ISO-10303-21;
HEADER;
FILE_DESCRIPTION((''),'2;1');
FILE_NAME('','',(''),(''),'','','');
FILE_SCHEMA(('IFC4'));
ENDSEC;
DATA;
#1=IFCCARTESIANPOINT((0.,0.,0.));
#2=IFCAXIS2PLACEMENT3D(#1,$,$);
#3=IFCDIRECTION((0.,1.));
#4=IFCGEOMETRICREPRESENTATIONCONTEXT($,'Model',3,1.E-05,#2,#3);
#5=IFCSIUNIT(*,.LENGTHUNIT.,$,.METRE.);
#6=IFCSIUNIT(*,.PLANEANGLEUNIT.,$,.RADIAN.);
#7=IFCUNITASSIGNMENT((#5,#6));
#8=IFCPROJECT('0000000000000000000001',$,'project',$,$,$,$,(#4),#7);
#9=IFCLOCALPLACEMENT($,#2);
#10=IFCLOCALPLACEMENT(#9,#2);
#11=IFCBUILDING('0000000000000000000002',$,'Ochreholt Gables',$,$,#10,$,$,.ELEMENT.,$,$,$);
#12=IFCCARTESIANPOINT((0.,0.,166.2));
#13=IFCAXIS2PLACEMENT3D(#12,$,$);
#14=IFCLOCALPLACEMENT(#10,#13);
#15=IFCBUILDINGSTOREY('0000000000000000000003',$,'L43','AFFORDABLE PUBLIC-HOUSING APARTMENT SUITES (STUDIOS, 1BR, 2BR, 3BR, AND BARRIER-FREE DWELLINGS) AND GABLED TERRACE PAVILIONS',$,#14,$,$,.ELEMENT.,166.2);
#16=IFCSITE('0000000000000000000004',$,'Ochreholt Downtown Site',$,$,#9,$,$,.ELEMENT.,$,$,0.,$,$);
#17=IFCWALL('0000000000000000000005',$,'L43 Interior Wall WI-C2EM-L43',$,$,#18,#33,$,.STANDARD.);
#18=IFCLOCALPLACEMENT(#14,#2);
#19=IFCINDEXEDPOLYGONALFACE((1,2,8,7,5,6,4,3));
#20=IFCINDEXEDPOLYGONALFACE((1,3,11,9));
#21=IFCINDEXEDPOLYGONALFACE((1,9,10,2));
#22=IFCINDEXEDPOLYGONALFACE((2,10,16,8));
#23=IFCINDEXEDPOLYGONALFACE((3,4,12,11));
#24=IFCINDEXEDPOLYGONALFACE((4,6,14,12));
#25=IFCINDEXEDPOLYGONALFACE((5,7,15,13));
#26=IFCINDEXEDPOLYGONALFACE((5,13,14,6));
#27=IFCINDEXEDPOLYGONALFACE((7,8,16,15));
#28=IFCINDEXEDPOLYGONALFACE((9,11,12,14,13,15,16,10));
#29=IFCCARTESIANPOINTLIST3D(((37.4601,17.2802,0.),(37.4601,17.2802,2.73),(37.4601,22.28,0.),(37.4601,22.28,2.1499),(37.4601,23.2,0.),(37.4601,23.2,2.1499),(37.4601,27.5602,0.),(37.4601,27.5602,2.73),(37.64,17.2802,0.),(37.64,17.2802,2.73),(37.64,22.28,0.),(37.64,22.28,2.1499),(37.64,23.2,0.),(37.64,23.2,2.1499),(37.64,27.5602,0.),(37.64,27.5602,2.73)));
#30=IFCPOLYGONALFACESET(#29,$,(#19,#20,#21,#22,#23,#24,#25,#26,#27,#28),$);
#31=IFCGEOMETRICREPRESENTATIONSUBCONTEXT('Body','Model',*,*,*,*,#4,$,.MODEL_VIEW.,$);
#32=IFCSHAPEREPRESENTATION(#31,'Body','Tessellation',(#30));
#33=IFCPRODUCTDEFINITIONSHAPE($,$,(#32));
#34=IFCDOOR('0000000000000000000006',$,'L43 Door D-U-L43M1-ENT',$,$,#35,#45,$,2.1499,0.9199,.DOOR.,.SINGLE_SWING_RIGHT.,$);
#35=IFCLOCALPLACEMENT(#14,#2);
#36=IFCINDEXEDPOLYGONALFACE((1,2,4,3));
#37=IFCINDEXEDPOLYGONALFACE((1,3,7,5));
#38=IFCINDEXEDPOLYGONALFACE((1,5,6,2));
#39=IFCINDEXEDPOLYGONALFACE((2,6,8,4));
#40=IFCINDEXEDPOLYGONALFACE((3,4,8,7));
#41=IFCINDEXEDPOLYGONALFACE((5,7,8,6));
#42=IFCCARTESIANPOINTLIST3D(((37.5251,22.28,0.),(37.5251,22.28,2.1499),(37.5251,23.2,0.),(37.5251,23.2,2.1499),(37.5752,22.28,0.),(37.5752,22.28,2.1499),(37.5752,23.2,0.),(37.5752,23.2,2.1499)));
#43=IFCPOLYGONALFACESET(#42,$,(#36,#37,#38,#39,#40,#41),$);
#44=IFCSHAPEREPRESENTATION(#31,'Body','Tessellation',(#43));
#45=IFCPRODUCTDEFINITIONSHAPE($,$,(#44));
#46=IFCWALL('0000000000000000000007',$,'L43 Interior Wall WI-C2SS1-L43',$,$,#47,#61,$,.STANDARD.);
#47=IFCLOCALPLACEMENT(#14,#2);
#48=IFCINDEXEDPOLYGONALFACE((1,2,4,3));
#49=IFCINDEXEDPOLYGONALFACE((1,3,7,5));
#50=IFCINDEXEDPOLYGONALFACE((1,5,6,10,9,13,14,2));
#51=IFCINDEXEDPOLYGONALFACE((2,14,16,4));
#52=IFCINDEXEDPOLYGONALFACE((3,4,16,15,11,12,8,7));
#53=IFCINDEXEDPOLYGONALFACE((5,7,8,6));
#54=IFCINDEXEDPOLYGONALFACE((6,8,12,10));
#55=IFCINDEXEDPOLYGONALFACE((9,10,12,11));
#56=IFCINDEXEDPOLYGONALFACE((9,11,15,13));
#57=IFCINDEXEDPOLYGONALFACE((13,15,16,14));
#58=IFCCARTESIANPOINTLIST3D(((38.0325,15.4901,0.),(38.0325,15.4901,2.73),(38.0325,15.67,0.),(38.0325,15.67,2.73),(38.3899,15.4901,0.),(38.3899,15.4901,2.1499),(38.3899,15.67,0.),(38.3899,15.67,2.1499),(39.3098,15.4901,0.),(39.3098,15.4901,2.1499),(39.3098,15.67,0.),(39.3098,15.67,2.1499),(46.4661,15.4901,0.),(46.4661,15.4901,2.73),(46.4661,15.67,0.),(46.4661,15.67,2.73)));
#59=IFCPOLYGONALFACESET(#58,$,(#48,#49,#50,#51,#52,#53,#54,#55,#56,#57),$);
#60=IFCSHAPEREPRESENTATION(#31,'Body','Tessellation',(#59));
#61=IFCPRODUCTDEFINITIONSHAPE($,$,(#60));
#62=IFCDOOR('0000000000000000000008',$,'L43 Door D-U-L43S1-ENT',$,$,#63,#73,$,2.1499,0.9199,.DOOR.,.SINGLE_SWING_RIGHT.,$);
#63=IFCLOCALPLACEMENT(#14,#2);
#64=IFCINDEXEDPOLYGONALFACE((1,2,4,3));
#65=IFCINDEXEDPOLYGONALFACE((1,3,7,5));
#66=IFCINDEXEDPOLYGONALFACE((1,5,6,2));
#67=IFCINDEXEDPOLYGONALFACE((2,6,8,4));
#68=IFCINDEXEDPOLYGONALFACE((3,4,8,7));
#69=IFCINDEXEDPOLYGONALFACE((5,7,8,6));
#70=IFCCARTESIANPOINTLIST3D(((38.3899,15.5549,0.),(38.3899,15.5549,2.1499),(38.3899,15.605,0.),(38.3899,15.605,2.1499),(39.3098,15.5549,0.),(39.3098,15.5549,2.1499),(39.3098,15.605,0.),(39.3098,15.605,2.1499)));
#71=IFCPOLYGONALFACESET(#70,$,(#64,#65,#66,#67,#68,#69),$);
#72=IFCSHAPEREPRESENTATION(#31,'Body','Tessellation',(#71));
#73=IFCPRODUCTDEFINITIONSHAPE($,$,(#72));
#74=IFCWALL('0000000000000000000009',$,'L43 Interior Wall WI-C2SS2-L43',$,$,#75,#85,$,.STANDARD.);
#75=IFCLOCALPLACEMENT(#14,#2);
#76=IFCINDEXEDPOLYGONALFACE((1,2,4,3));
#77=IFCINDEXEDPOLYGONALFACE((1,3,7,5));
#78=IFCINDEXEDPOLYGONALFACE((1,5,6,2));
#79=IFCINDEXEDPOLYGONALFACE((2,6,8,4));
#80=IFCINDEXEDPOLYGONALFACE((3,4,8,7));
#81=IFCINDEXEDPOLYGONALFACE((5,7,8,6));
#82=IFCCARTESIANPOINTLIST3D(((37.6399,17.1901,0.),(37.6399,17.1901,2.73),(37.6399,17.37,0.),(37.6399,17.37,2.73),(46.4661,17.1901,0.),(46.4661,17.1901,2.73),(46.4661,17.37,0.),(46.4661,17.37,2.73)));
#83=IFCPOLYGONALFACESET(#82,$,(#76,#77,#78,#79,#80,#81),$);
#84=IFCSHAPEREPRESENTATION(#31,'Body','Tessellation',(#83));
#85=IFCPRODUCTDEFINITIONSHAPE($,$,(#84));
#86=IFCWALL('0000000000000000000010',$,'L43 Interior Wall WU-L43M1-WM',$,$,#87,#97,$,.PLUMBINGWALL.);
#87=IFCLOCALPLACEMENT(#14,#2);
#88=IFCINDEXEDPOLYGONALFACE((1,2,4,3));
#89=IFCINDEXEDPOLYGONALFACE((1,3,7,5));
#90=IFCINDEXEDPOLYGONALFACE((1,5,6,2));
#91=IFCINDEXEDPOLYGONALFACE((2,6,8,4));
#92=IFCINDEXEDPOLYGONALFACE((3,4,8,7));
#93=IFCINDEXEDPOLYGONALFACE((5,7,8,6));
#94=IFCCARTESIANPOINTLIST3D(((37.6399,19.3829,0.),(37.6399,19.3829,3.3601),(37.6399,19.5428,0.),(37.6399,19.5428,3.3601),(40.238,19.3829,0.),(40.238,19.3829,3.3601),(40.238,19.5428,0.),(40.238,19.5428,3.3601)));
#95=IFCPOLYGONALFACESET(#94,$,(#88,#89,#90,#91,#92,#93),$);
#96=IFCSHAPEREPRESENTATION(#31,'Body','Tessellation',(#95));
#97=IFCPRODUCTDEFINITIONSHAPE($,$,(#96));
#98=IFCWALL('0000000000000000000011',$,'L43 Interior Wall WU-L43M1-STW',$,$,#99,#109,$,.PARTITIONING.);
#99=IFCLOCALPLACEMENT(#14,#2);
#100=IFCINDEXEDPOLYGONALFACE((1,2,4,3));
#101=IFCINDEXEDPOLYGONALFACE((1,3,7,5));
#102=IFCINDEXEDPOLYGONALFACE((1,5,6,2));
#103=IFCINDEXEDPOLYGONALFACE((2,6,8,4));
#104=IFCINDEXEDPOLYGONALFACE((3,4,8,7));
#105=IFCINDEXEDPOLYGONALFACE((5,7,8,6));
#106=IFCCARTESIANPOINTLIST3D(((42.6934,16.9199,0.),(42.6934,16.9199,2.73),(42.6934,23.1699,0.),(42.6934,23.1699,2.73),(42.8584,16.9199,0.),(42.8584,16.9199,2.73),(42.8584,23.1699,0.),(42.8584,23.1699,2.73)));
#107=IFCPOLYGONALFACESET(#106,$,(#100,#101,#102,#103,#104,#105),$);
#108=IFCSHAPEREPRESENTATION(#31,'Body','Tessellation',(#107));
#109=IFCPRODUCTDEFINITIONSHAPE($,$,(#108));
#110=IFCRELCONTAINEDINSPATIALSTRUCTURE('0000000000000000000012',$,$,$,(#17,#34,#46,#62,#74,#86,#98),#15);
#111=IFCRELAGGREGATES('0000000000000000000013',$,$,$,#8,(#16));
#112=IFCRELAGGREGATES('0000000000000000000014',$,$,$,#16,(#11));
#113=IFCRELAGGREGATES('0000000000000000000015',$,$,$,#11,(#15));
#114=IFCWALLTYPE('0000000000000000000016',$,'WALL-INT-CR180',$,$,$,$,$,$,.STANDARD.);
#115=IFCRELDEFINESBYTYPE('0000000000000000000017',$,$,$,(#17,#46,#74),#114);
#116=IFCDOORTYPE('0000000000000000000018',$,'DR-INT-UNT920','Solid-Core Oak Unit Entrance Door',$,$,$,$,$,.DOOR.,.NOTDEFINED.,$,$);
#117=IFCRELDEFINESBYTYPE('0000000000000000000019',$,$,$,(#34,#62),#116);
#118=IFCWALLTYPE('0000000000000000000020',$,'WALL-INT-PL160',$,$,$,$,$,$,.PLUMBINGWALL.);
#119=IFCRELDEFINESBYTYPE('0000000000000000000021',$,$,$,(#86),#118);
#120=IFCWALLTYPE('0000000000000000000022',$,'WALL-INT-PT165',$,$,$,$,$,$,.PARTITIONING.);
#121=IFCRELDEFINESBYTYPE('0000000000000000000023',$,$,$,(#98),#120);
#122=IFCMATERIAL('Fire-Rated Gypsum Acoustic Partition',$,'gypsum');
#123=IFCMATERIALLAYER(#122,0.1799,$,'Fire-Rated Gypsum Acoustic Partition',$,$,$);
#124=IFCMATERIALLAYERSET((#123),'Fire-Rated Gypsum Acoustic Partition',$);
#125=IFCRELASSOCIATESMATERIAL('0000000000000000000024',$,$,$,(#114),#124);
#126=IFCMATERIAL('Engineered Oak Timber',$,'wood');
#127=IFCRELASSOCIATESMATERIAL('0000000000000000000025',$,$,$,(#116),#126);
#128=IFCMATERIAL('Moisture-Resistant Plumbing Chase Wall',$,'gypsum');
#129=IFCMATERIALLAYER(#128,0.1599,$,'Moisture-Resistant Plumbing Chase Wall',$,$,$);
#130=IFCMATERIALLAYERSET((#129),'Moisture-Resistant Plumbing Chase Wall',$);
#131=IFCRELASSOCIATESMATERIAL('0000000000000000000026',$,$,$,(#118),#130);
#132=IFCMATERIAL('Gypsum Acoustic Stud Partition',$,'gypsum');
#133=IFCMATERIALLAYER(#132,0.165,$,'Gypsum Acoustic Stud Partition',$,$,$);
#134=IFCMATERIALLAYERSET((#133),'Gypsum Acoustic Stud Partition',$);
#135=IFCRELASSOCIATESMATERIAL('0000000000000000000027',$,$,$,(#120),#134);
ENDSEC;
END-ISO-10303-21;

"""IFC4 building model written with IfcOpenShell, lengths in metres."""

from ifc_helpers import new_model, si_unit, direction, frame, frame_2d, origin, place, context, subcontext, project, spatial, rectangle, extrude, material, layer, layer_set, type_object, element, fill, save


model = new_model("IFC4")

# Units and contexts
model_context = context("Model", 3, precision=1e-05, world=origin(), true_north=direction((0.0, 1.0)))
body_context = subcontext(model_context, "Body", "Model", "MODEL_VIEW")
ifc_project = project(units=[si_unit("LENGTHUNIT", "METRE"), si_unit("PLANEANGLEUNIT", "RADIAN")], contexts=[model_context])

# Site, building, storey
site_placement = place(None, origin())
site = spatial("IfcSite", under=ifc_project, at=site_placement, Name="Ochreholt Downtown Site", CompositionType="ELEMENT", RefElevation=0.0)
building_placement = place(site_placement, origin())
building = spatial("IfcBuilding", under=site, at=building_placement, Name="Ochreholt Gables", CompositionType="ELEMENT")
storey_placement = place(building_placement, frame((0.0, 0.0, 166.2)))
storey = spatial("IfcBuildingStorey", under=building, at=storey_placement, Name="L43", Description="AFFORDABLE PUBLIC-HOUSING APARTMENT SUITES (STUDIOS, 1BR, 2BR, 3BR, AND BARRIER-FREE DWELLINGS) AND GABLED TERRACE PAVILIONS", CompositionType="ELEMENT", Elevation=166.2)

# Walls, openings, doors
ifc_material_1 = material(Name="Fire-Rated Gypsum Acoustic Partition", Category="gypsum")
ifc_layer_1 = layer(ifc_material_1, 0.1799, Name="Fire-Rated Gypsum Acoustic Partition")
ifc_layer_set_1 = layer_set([ifc_layer_1], Name="Fire-Rated Gypsum Acoustic Partition")
wall_type_1 = type_object("IfcWallType", Name="WALL-INT-CR180", PredefinedType="STANDARD", material=ifc_layer_set_1)
wall_1_placement = place(storey_placement, frame((37.55, 17.28, 0.0), z_axis=(0.0, 0.0, 1.0), x_axis=(0.0, 1.0, 0.0)))
wall_1 = element("IfcWall", 1, at=wall_1_placement, inside=storey, type_object=wall_type_1, Name="L43 Interior Wall WI-C2EM-L43", PredefinedType="STANDARD", context=body_context, shape_type="SweptSolid", body=[
    extrude(rectangle(XDim=10.28, YDim=0.1799, at=frame_2d((5.1401, 0.0))), origin(), (0.0, 0.0, 1.0), 2.73),
])
opening_1_placement = place(wall_1_placement, frame((5.0, 0.0, 0.0)))
opening_1 = element("IfcOpeningElement", 2, at=opening_1_placement, cuts=wall_1, PredefinedType="OPENING", context=body_context, shape_type="SweptSolid", body=[
    extrude(rectangle(XDim=0.9199, YDim=2.1499, at=frame_2d((0.46, 1.075))), frame((0.0, 0.0999, 0.0), z_axis=(0.0, -1.0, 0.0), x_axis=(1.0, 0.0, 0.0)), (0.0, 0.0, 1.0), 0.2),
])
ifc_material_2 = material(Name="Engineered Oak Timber", Category="wood")
door_type_1 = type_object("IfcDoorType", Name="DR-INT-UNT920", Description="Solid-Core Oak Unit Entrance Door", OperationType="NOTDEFINED", PredefinedType="DOOR", material=ifc_material_2)
door_1_placement = place(opening_1_placement, origin())
door_1 = element("IfcDoor", 3, at=door_1_placement, inside=storey, type_object=door_type_1, Name="L43 Door D-U-L43M1-ENT", OperationType="SINGLE_SWING_RIGHT", OverallHeight=2.1499, OverallWidth=0.9199, PredefinedType="DOOR", context=body_context, shape_type="SweptSolid", body=[
    extrude(rectangle(XDim=0.9199, YDim=2.1499, at=frame_2d((0.46, 1.075))), frame((0.0, 0.0249, 0.0), z_axis=(0.0, -1.0, 0.0), x_axis=(1.0, 0.0, 0.0)), (0.0, 0.0, 1.0), 0.05),
])
fill(opening_1, door_1)
wall_2_placement = place(storey_placement, frame((38.0325, 15.5801, 0.0), z_axis=(0.0, 0.0, 1.0), x_axis=(1.0, 0.0, 0.0)))
wall_2 = element("IfcWall", 4, at=wall_2_placement, inside=storey, type_object=wall_type_1, Name="L43 Interior Wall WI-C2SS1-L43", PredefinedType="STANDARD", context=body_context, shape_type="SweptSolid", body=[
    extrude(rectangle(XDim=8.4336, YDim=0.1799, at=frame_2d((4.2168, 0.0))), origin(), (0.0, 0.0, 1.0), 2.73),
])
opening_2_placement = place(wall_2_placement, frame((0.3574, 0.0, 0.0)))
opening_2 = element("IfcOpeningElement", 5, at=opening_2_placement, cuts=wall_2, PredefinedType="OPENING", context=body_context, shape_type="SweptSolid", body=[
    extrude(rectangle(XDim=0.9199, YDim=2.1499, at=frame_2d((0.46, 1.075))), frame((0.0, 0.0999, 0.0), z_axis=(0.0, -1.0, 0.0), x_axis=(1.0, 0.0, 0.0)), (0.0, 0.0, 1.0), 0.2),
])
door_2_placement = place(opening_2_placement, origin())
door_2 = element("IfcDoor", 6, at=door_2_placement, inside=storey, type_object=door_type_1, Name="L43 Door D-U-L43S1-ENT", OperationType="SINGLE_SWING_RIGHT", OverallHeight=2.1499, OverallWidth=0.9199, PredefinedType="DOOR", context=body_context, shape_type="SweptSolid", body=[
    extrude(rectangle(XDim=0.9199, YDim=2.1499, at=frame_2d((0.46, 1.075))), frame((0.0, 0.0249, 0.0), z_axis=(0.0, -1.0, 0.0), x_axis=(1.0, 0.0, 0.0)), (0.0, 0.0, 1.0), 0.05),
])
fill(opening_2, door_2)

# Wall
wall_3_placement = place(storey_placement, frame((37.6399, 17.28, 0.0), z_axis=(0.0, 0.0, 1.0), x_axis=(1.0, 0.0, 0.0)))
element("IfcWall", 7, at=wall_3_placement, inside=storey, type_object=wall_type_1, Name="L43 Interior Wall WI-C2SS2-L43", PredefinedType="STANDARD", context=body_context, shape_type="SweptSolid", body=[
    extrude(rectangle(XDim=8.8262, YDim=0.1799, at=frame_2d((4.4131, 0.0))), origin(), (0.0, 0.0, 1.0), 2.73),
])

# Shared definitions
ifc_material_3 = material(Name="Moisture-Resistant Plumbing Chase Wall", Category="gypsum")
ifc_layer_2 = layer(ifc_material_3, 0.1599, Name="Moisture-Resistant Plumbing Chase Wall")
ifc_layer_set_2 = layer_set([ifc_layer_2], Name="Moisture-Resistant Plumbing Chase Wall")
wall_type_2 = type_object("IfcWallType", Name="WALL-INT-PL160", PredefinedType="PLUMBINGWALL", material=ifc_layer_set_2)

# Walls
wall_4_placement = place(storey_placement, frame((37.6399, 19.4629, 0.0), z_axis=(0.0, 0.0, 1.0), x_axis=(1.0, 0.0, 0.0)))
element("IfcWall", 8, at=wall_4_placement, inside=storey, type_object=wall_type_2, Name="L43 Interior Wall WU-L43M1-WM", PredefinedType="PLUMBINGWALL", context=body_context, shape_type="SweptSolid", body=[
    extrude(rectangle(XDim=2.5981, YDim=0.1599, at=frame_2d((1.2991, 0.0))), origin(), (0.0, 0.0, 1.0), 3.3601),
])
ifc_material_4 = material(Name="Gypsum Acoustic Stud Partition", Category="gypsum")
ifc_layer_3 = layer(ifc_material_4, 0.165, Name="Gypsum Acoustic Stud Partition")
ifc_layer_set_3 = layer_set([ifc_layer_3], Name="Gypsum Acoustic Stud Partition")
wall_type_3 = type_object("IfcWallType", Name="WALL-INT-PT165", PredefinedType="PARTITIONING", material=ifc_layer_set_3)
wall_5_placement = place(storey_placement, frame((42.7759, 16.9199, 0.0), z_axis=(0.0, 0.0, 1.0), x_axis=(0.0, 1.0, 0.0)))
element("IfcWall", 9, at=wall_5_placement, inside=storey, type_object=wall_type_3, Name="L43 Interior Wall WU-L43M1-STW", PredefinedType="PARTITIONING", context=body_context, shape_type="SweptSolid", body=[
    extrude(rectangle(XDim=6.25, YDim=0.165, at=frame_2d((3.125, 0.0))), origin(), (0.0, 0.0, 1.0), 2.73),
])

save(model, "model.ifc")
